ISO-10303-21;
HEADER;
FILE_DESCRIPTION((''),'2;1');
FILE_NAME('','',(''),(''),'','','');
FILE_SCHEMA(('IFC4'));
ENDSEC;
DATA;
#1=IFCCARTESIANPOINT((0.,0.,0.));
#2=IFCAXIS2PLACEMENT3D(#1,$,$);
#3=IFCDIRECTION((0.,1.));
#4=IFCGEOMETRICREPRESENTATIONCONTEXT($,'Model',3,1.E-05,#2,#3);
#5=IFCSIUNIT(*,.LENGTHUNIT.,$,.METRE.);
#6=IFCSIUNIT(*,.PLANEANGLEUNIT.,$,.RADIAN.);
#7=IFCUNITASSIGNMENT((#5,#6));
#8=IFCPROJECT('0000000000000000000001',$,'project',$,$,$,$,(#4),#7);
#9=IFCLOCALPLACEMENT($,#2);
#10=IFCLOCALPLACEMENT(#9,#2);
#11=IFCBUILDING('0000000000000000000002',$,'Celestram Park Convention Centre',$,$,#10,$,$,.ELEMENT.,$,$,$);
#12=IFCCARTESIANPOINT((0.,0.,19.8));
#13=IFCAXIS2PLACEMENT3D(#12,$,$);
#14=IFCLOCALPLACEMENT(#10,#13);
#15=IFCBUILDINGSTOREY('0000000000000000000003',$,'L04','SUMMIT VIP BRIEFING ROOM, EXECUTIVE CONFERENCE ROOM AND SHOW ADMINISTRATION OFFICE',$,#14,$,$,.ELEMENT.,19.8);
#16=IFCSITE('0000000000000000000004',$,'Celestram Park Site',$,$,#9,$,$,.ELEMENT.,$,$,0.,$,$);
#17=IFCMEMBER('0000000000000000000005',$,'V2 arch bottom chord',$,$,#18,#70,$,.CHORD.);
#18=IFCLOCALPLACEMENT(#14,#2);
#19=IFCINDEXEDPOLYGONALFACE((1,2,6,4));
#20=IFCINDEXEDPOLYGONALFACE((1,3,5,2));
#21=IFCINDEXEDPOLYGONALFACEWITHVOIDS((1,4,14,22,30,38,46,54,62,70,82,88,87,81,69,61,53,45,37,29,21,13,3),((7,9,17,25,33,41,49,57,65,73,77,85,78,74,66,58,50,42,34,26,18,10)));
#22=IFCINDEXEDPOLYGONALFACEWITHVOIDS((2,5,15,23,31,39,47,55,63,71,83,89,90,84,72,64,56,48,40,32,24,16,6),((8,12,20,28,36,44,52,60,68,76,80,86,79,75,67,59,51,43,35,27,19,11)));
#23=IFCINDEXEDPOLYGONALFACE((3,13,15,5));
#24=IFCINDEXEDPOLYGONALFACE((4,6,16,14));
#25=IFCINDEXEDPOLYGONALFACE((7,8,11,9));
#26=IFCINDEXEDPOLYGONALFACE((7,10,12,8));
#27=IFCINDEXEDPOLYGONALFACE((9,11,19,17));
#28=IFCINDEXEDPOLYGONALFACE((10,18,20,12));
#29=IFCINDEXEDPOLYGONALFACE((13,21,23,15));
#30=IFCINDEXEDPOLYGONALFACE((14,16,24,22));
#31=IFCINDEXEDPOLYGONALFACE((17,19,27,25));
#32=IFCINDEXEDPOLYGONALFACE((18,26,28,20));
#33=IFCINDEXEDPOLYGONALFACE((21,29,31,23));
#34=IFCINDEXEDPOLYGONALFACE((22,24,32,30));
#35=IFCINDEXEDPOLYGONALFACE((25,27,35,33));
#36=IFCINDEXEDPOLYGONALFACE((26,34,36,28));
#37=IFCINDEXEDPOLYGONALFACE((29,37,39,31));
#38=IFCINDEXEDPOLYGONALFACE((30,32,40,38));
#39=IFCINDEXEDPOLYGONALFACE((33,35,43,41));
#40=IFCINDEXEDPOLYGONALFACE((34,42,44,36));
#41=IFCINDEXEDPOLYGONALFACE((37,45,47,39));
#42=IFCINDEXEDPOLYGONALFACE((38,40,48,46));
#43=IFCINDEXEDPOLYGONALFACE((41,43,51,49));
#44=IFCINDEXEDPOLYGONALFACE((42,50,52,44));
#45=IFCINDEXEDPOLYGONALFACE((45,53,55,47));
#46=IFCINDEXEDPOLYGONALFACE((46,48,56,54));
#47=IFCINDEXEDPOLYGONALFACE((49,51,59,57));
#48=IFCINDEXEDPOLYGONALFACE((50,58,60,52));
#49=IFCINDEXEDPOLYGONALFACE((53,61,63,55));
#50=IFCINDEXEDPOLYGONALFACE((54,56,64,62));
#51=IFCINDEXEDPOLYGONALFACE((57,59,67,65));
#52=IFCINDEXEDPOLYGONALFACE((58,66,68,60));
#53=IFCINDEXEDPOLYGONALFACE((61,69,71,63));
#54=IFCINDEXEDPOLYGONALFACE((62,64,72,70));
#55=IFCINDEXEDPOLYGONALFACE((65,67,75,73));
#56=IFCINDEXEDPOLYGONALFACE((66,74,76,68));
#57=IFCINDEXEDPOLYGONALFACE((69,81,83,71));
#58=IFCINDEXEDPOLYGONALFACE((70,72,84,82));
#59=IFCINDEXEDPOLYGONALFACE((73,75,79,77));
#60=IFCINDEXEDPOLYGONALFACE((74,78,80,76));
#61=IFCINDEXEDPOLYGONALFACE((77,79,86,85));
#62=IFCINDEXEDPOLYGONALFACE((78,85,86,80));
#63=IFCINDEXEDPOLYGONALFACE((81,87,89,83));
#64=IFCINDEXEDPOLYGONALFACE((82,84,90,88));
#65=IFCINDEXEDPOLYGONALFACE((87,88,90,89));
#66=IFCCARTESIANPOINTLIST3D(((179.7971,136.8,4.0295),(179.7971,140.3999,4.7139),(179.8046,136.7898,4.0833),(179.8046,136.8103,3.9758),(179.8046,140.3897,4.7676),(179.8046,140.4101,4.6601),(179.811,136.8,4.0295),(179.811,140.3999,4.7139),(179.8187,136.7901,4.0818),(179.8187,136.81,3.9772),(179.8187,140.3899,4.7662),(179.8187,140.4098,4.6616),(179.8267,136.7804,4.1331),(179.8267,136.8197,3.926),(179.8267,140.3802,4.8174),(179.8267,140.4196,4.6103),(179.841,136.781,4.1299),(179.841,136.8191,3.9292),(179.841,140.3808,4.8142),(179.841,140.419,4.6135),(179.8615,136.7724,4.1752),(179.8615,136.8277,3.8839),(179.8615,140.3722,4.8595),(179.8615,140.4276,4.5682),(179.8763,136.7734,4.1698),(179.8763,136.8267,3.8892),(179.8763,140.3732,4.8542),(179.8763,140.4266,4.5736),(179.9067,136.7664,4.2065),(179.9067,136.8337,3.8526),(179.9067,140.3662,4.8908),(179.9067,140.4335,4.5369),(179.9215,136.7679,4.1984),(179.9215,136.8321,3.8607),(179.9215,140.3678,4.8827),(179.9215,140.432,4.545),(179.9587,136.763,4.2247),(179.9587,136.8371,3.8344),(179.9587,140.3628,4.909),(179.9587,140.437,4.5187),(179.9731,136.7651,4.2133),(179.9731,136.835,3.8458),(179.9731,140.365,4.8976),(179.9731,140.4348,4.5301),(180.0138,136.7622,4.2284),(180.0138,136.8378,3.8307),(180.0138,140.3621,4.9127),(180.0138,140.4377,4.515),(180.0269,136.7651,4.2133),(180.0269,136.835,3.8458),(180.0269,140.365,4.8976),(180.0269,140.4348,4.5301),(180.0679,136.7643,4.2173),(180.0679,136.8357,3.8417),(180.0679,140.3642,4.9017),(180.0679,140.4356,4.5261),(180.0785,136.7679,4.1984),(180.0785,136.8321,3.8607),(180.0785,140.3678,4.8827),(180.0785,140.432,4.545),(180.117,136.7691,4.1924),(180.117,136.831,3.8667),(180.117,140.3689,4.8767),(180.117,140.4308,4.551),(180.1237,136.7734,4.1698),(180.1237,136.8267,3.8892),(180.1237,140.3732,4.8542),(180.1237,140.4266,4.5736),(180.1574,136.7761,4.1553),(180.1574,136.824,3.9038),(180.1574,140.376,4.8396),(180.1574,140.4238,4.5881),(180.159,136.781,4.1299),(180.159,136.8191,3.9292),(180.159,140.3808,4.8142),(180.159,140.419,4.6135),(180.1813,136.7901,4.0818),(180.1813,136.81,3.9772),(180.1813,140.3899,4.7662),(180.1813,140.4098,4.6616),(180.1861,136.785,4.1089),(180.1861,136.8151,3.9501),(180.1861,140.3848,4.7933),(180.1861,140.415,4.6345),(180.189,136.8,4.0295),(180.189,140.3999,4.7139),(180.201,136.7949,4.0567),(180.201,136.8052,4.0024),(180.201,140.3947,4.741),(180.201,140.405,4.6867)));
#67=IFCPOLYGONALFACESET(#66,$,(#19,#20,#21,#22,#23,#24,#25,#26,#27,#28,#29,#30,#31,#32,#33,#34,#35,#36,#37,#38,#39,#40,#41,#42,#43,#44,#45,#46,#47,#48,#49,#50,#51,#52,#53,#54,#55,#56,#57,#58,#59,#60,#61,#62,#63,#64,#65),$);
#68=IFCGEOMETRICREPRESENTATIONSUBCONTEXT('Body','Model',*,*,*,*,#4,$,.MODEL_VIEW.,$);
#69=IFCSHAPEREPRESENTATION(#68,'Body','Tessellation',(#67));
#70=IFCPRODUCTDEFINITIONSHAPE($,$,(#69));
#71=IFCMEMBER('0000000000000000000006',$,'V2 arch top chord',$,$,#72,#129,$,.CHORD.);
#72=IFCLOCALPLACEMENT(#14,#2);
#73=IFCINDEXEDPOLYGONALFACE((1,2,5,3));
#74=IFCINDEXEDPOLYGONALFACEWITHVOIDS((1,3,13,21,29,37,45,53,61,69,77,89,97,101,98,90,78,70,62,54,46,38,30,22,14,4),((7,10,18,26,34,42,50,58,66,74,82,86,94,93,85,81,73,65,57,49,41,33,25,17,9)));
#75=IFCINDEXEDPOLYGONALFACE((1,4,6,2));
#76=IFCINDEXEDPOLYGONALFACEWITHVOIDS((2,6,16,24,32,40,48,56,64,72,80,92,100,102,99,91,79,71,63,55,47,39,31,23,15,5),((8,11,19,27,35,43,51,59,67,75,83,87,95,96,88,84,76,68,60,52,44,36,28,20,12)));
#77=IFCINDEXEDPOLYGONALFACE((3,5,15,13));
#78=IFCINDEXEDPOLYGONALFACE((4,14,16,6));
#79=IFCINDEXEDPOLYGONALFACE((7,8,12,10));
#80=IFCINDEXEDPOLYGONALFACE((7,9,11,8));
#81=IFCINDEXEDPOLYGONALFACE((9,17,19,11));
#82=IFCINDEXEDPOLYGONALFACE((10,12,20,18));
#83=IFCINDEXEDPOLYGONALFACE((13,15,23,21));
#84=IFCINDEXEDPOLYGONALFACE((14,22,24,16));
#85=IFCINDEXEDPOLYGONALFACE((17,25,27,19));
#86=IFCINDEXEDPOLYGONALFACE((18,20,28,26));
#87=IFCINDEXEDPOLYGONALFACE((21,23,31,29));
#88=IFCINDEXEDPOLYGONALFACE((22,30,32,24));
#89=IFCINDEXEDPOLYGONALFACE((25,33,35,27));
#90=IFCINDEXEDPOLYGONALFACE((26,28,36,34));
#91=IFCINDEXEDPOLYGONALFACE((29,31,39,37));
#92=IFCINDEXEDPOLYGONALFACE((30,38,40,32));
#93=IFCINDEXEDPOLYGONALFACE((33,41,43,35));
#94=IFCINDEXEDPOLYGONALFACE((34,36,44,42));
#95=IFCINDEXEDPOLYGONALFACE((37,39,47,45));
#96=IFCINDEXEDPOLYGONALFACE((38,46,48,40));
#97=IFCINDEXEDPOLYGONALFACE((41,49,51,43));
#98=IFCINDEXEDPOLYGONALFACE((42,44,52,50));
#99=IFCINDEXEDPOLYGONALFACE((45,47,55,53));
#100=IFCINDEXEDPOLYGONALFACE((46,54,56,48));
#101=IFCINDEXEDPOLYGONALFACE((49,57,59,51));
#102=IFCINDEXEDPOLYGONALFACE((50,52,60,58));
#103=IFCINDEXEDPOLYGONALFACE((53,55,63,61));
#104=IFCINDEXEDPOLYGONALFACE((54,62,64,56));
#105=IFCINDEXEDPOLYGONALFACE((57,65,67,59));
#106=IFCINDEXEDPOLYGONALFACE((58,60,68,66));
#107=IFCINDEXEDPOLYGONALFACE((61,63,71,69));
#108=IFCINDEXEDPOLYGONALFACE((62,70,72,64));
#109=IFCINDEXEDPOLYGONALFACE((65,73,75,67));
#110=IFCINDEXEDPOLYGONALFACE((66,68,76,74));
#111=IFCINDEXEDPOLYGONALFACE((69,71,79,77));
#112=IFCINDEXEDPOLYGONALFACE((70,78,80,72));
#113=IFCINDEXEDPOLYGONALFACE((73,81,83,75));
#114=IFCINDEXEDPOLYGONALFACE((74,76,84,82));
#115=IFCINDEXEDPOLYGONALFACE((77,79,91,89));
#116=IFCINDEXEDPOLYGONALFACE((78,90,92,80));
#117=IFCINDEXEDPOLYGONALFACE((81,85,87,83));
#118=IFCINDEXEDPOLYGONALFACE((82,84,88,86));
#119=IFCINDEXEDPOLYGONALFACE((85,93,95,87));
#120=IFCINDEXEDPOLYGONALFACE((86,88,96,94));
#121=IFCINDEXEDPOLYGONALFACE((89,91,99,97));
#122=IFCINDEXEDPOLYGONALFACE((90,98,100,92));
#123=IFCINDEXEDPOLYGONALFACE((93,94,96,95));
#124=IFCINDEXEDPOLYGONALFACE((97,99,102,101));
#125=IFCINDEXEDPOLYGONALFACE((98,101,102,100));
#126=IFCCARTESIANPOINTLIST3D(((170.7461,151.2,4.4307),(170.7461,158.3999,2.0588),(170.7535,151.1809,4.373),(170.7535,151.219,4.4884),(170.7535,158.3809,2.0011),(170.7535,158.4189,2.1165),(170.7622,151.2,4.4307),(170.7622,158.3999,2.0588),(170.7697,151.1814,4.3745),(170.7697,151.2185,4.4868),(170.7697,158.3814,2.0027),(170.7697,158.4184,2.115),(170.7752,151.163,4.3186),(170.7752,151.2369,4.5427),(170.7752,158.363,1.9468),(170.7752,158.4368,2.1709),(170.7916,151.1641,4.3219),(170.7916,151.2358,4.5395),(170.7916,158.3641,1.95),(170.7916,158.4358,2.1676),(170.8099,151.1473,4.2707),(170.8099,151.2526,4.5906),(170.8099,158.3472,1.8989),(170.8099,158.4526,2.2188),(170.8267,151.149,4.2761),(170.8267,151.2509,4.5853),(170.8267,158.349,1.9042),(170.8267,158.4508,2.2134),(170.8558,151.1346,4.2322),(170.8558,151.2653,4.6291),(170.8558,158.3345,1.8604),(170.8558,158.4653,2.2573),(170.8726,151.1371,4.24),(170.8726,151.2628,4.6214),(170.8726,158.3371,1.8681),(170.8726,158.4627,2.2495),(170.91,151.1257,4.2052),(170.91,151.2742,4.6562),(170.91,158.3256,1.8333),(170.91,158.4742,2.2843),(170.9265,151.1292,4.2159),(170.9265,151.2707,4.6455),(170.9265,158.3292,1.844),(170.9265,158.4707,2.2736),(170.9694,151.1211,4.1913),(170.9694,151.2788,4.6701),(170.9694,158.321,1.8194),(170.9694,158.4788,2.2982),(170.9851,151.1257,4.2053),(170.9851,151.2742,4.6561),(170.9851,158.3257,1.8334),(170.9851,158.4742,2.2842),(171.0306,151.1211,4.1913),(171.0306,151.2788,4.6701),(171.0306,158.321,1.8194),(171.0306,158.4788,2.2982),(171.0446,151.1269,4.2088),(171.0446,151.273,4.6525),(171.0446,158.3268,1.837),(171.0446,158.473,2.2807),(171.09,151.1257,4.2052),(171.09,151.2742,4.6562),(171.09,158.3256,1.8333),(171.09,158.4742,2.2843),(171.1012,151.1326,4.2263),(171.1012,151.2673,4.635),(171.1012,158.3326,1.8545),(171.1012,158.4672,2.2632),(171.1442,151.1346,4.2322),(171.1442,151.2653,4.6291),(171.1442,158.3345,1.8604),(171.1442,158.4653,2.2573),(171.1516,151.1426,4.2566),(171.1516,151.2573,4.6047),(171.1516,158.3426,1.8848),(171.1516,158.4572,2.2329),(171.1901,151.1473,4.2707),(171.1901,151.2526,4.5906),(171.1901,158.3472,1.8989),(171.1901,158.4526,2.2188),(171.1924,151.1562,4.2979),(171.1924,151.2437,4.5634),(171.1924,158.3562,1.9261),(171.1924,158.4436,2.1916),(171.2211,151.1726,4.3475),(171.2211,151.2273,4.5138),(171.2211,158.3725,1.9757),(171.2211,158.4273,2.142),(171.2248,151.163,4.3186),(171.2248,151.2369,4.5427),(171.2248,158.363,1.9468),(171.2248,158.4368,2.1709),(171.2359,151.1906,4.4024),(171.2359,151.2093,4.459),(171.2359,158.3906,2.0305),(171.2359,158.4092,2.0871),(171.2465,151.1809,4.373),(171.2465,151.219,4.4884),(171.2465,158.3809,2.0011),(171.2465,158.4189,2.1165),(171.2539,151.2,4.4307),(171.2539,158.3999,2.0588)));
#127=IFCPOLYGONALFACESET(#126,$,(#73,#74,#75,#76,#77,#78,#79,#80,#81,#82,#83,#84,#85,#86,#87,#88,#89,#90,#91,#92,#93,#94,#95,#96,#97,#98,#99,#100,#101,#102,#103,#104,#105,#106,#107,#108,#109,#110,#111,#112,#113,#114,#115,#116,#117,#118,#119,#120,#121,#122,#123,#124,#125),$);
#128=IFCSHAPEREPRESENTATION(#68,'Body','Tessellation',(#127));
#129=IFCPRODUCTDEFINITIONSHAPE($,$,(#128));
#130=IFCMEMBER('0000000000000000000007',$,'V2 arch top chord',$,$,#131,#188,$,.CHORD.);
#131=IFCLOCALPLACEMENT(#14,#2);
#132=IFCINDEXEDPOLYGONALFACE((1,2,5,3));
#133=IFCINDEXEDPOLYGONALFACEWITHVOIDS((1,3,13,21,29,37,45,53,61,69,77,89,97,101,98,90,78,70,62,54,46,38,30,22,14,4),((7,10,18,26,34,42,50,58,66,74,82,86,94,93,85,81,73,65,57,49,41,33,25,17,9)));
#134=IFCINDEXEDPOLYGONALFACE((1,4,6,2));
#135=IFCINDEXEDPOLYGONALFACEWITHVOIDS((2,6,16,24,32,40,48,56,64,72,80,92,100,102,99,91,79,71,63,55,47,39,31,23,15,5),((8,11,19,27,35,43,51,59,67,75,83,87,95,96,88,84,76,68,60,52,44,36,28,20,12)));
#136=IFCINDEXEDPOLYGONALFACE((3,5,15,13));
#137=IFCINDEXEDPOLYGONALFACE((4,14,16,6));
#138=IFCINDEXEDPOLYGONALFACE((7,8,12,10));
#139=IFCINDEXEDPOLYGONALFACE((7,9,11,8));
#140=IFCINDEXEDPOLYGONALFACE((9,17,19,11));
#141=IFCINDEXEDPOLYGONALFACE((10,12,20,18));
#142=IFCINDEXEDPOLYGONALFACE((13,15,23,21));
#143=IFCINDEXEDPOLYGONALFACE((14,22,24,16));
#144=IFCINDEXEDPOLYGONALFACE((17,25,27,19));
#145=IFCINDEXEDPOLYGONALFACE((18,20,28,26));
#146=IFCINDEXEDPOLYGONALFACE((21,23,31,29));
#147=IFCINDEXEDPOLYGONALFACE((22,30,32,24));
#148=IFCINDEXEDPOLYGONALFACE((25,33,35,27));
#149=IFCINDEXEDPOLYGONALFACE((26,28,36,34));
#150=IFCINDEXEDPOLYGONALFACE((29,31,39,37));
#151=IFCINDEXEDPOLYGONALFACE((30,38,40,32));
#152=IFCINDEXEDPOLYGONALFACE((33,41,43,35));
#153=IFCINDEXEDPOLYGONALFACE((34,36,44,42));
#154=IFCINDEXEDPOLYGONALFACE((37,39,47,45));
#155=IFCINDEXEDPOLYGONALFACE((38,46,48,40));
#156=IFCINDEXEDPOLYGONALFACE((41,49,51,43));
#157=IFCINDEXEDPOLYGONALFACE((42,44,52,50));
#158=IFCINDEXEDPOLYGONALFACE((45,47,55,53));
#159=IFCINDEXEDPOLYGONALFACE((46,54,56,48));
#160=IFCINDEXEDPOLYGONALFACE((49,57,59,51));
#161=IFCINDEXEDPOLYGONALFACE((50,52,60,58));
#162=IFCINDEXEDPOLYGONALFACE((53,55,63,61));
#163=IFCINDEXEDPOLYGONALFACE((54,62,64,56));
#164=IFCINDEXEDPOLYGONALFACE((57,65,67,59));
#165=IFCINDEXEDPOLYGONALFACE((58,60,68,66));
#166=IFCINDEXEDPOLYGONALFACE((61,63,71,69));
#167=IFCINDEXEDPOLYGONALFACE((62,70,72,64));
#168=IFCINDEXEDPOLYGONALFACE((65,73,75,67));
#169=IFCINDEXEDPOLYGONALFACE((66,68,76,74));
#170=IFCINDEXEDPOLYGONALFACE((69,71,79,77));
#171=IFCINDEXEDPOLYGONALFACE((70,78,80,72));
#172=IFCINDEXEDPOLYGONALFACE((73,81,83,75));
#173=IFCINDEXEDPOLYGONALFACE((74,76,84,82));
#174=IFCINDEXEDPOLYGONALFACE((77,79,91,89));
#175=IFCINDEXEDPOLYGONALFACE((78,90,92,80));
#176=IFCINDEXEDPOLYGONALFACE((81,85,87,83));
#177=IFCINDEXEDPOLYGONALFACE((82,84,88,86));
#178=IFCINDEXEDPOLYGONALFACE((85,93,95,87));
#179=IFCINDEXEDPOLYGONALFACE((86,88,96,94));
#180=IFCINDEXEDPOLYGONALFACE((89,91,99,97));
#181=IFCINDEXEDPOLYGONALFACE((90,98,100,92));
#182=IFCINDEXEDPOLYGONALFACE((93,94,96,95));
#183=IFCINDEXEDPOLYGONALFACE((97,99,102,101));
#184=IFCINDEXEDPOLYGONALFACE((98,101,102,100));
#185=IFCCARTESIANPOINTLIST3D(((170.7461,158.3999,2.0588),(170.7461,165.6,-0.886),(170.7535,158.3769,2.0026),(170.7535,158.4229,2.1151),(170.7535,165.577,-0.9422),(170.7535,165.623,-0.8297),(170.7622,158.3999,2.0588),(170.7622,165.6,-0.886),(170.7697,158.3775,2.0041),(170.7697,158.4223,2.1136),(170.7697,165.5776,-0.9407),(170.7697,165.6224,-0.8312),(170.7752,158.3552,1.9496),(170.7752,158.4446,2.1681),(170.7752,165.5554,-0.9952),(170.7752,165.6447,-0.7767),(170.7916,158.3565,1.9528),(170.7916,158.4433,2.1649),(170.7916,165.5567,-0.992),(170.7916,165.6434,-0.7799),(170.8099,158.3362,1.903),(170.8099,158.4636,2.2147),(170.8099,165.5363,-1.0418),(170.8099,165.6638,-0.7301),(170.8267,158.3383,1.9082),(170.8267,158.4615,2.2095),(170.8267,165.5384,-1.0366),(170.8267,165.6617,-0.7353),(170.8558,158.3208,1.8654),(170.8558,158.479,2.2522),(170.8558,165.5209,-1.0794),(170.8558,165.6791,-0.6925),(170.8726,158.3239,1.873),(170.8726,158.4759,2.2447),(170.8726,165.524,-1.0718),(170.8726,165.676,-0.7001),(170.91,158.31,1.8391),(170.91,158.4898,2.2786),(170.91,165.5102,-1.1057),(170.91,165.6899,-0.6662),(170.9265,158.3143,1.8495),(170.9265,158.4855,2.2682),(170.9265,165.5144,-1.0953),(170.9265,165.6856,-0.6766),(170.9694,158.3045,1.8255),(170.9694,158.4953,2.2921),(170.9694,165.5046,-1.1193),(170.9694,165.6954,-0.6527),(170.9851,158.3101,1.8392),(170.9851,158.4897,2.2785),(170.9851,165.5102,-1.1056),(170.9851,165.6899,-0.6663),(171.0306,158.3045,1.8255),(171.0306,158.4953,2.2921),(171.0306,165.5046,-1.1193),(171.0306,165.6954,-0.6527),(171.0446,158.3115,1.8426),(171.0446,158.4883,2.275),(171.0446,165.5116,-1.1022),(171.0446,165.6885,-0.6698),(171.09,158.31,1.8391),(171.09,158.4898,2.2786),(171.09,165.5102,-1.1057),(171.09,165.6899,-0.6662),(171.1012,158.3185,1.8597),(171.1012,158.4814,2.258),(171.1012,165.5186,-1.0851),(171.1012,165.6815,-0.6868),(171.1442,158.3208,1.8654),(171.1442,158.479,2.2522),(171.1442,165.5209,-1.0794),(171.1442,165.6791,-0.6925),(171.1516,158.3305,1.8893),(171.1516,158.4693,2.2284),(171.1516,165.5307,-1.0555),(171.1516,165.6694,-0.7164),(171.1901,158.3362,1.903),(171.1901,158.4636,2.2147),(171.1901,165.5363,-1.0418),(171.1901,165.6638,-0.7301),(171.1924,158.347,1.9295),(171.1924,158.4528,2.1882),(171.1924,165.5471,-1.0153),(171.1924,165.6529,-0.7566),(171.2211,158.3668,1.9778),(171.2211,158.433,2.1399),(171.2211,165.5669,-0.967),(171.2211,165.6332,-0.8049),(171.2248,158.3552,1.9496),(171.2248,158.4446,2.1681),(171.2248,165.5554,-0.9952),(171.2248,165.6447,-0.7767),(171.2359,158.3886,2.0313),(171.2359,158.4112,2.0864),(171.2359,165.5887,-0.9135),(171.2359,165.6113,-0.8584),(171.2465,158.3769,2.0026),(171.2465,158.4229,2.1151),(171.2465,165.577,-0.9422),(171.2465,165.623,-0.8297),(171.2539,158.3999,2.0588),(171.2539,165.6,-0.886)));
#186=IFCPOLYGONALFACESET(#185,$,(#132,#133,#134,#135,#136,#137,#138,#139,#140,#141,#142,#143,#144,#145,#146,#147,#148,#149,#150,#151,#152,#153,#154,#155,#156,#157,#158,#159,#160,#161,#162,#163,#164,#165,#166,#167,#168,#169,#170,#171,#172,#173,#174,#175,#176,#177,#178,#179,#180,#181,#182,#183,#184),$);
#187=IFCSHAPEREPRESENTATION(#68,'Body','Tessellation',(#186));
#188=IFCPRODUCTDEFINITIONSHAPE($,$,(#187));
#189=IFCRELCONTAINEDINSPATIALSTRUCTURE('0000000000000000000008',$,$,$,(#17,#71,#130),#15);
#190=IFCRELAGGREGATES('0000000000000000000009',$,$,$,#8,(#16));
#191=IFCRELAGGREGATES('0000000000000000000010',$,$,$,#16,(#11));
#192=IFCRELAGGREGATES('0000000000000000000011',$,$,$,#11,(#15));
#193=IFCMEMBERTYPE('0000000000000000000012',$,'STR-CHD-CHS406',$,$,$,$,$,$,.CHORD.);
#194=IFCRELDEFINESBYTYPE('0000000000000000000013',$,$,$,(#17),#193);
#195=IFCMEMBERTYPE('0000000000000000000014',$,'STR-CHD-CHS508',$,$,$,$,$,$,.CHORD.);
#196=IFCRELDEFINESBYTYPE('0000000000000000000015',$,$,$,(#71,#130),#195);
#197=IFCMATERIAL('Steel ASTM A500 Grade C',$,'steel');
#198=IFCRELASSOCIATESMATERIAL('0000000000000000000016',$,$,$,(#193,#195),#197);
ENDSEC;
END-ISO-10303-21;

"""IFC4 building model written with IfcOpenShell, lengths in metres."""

from ifc_helpers import new_model, si_unit, direction, frame, origin, origin_2d, place, context, subcontext, project, spatial, hollow_circle, extrude, material, material_profile, profile_set, type_object, element, save


model = new_model("IFC4")

# Units and contexts
model_context = context("Model", 3, precision=1e-05, world=origin(), true_north=direction((0.0, 1.0)))
body_context = subcontext(model_context, "Body", "Model", "MODEL_VIEW")
ifc_project = project(units=[si_unit("LENGTHUNIT", "METRE"), si_unit("PLANEANGLEUNIT", "RADIAN")], contexts=[model_context])

# Site, building, storey
site_placement = place(None, origin())
site = spatial("IfcSite", under=ifc_project, at=site_placement, Name="Celestram Park Site", CompositionType="ELEMENT", RefElevation=0.0)
building_placement = place(site_placement, origin())
building = spatial("IfcBuilding", under=site, at=building_placement, Name="Celestram Park Convention Centre", CompositionType="ELEMENT")
storey_placement = place(building_placement, frame((0.0, 0.0, 19.8)))
storey = spatial("IfcBuildingStorey", under=building, at=storey_placement, Name="L04", Description="SUMMIT VIP BRIEFING ROOM, EXECUTIVE CONFERENCE ROOM AND SHOW ADMINISTRATION OFFICE", CompositionType="ELEMENT", Elevation=19.8)

# Members
ifc_material_1 = material(Name="Steel ASTM A500 Grade C", Category="steel")
ifc_material_profile_1 = material_profile(ifc_material_1, hollow_circle(Radius=0.2029, WallThickness=0.0139, at=origin_2d()), Name="CHS406X14")
ifc_profile_set_1 = profile_set([ifc_material_profile_1], Name="Steel ASTM A500 Grade C")
member_type_1 = type_object("IfcMemberType", Name="STR-CHD-CHS406", PredefinedType="CHORD", material=ifc_profile_set_1)
member_1_placement = place(storey_placement, frame((180.0, 136.8, 4.0295), z_axis=(0.0, 0.982407, 0.186754), x_axis=(-1.0, 0.0, 0.0)))
element("IfcMember", 1, at=member_1_placement, inside=storey, type_object=member_type_1, Name="V2 arch bottom chord", PredefinedType="CHORD", context=body_context, shape_type="SweptSolid", body=[
    extrude(hollow_circle(Radius=0.2029, WallThickness=0.0139, at=origin_2d()), origin(), (0.0, 0.0, 1.0), 3.6643),
])
ifc_material_profile_2 = material_profile(ifc_material_1, hollow_circle(Radius=0.2539, WallThickness=0.0161, at=origin_2d()), Name="CHS508X16")
ifc_profile_set_2 = profile_set([ifc_material_profile_2], Name="Steel ASTM A500 Grade C")
member_type_2 = type_object("IfcMemberType", Name="STR-CHD-CHS508", PredefinedType="CHORD", material=ifc_profile_set_2)
member_2_placement = place(storey_placement, frame((171.0, 151.2, 4.4307), z_axis=(0.0, 0.949792, -0.312883), x_axis=(-1.0, 0.0, 0.0)))
element("IfcMember", 2, at=member_2_placement, inside=storey, type_object=member_type_2, Name="V2 arch top chord", PredefinedType="CHORD", context=body_context, shape_type="SweptSolid", body=[
    extrude(hollow_circle(Radius=0.2539, WallThickness=0.0161, at=origin_2d()), origin(), (0.0, 0.0, 1.0), 7.5806),
])
member_3_placement = place(storey_placement, frame((171.0, 158.3999, 2.0588), z_axis=(0.0, 0.925579, -0.378555), x_axis=(-1.0, 0.0, 0.0)))
element("IfcMember", 3, at=member_3_placement, inside=storey, type_object=member_type_2, Name="V2 arch top chord", PredefinedType="CHORD", context=body_context, shape_type="SweptSolid", body=[
    extrude(hollow_circle(Radius=0.2539, WallThickness=0.0161, at=origin_2d()), origin(), (0.0, 0.0, 1.0), 7.7791),
])

save(model, "model.ifc")
